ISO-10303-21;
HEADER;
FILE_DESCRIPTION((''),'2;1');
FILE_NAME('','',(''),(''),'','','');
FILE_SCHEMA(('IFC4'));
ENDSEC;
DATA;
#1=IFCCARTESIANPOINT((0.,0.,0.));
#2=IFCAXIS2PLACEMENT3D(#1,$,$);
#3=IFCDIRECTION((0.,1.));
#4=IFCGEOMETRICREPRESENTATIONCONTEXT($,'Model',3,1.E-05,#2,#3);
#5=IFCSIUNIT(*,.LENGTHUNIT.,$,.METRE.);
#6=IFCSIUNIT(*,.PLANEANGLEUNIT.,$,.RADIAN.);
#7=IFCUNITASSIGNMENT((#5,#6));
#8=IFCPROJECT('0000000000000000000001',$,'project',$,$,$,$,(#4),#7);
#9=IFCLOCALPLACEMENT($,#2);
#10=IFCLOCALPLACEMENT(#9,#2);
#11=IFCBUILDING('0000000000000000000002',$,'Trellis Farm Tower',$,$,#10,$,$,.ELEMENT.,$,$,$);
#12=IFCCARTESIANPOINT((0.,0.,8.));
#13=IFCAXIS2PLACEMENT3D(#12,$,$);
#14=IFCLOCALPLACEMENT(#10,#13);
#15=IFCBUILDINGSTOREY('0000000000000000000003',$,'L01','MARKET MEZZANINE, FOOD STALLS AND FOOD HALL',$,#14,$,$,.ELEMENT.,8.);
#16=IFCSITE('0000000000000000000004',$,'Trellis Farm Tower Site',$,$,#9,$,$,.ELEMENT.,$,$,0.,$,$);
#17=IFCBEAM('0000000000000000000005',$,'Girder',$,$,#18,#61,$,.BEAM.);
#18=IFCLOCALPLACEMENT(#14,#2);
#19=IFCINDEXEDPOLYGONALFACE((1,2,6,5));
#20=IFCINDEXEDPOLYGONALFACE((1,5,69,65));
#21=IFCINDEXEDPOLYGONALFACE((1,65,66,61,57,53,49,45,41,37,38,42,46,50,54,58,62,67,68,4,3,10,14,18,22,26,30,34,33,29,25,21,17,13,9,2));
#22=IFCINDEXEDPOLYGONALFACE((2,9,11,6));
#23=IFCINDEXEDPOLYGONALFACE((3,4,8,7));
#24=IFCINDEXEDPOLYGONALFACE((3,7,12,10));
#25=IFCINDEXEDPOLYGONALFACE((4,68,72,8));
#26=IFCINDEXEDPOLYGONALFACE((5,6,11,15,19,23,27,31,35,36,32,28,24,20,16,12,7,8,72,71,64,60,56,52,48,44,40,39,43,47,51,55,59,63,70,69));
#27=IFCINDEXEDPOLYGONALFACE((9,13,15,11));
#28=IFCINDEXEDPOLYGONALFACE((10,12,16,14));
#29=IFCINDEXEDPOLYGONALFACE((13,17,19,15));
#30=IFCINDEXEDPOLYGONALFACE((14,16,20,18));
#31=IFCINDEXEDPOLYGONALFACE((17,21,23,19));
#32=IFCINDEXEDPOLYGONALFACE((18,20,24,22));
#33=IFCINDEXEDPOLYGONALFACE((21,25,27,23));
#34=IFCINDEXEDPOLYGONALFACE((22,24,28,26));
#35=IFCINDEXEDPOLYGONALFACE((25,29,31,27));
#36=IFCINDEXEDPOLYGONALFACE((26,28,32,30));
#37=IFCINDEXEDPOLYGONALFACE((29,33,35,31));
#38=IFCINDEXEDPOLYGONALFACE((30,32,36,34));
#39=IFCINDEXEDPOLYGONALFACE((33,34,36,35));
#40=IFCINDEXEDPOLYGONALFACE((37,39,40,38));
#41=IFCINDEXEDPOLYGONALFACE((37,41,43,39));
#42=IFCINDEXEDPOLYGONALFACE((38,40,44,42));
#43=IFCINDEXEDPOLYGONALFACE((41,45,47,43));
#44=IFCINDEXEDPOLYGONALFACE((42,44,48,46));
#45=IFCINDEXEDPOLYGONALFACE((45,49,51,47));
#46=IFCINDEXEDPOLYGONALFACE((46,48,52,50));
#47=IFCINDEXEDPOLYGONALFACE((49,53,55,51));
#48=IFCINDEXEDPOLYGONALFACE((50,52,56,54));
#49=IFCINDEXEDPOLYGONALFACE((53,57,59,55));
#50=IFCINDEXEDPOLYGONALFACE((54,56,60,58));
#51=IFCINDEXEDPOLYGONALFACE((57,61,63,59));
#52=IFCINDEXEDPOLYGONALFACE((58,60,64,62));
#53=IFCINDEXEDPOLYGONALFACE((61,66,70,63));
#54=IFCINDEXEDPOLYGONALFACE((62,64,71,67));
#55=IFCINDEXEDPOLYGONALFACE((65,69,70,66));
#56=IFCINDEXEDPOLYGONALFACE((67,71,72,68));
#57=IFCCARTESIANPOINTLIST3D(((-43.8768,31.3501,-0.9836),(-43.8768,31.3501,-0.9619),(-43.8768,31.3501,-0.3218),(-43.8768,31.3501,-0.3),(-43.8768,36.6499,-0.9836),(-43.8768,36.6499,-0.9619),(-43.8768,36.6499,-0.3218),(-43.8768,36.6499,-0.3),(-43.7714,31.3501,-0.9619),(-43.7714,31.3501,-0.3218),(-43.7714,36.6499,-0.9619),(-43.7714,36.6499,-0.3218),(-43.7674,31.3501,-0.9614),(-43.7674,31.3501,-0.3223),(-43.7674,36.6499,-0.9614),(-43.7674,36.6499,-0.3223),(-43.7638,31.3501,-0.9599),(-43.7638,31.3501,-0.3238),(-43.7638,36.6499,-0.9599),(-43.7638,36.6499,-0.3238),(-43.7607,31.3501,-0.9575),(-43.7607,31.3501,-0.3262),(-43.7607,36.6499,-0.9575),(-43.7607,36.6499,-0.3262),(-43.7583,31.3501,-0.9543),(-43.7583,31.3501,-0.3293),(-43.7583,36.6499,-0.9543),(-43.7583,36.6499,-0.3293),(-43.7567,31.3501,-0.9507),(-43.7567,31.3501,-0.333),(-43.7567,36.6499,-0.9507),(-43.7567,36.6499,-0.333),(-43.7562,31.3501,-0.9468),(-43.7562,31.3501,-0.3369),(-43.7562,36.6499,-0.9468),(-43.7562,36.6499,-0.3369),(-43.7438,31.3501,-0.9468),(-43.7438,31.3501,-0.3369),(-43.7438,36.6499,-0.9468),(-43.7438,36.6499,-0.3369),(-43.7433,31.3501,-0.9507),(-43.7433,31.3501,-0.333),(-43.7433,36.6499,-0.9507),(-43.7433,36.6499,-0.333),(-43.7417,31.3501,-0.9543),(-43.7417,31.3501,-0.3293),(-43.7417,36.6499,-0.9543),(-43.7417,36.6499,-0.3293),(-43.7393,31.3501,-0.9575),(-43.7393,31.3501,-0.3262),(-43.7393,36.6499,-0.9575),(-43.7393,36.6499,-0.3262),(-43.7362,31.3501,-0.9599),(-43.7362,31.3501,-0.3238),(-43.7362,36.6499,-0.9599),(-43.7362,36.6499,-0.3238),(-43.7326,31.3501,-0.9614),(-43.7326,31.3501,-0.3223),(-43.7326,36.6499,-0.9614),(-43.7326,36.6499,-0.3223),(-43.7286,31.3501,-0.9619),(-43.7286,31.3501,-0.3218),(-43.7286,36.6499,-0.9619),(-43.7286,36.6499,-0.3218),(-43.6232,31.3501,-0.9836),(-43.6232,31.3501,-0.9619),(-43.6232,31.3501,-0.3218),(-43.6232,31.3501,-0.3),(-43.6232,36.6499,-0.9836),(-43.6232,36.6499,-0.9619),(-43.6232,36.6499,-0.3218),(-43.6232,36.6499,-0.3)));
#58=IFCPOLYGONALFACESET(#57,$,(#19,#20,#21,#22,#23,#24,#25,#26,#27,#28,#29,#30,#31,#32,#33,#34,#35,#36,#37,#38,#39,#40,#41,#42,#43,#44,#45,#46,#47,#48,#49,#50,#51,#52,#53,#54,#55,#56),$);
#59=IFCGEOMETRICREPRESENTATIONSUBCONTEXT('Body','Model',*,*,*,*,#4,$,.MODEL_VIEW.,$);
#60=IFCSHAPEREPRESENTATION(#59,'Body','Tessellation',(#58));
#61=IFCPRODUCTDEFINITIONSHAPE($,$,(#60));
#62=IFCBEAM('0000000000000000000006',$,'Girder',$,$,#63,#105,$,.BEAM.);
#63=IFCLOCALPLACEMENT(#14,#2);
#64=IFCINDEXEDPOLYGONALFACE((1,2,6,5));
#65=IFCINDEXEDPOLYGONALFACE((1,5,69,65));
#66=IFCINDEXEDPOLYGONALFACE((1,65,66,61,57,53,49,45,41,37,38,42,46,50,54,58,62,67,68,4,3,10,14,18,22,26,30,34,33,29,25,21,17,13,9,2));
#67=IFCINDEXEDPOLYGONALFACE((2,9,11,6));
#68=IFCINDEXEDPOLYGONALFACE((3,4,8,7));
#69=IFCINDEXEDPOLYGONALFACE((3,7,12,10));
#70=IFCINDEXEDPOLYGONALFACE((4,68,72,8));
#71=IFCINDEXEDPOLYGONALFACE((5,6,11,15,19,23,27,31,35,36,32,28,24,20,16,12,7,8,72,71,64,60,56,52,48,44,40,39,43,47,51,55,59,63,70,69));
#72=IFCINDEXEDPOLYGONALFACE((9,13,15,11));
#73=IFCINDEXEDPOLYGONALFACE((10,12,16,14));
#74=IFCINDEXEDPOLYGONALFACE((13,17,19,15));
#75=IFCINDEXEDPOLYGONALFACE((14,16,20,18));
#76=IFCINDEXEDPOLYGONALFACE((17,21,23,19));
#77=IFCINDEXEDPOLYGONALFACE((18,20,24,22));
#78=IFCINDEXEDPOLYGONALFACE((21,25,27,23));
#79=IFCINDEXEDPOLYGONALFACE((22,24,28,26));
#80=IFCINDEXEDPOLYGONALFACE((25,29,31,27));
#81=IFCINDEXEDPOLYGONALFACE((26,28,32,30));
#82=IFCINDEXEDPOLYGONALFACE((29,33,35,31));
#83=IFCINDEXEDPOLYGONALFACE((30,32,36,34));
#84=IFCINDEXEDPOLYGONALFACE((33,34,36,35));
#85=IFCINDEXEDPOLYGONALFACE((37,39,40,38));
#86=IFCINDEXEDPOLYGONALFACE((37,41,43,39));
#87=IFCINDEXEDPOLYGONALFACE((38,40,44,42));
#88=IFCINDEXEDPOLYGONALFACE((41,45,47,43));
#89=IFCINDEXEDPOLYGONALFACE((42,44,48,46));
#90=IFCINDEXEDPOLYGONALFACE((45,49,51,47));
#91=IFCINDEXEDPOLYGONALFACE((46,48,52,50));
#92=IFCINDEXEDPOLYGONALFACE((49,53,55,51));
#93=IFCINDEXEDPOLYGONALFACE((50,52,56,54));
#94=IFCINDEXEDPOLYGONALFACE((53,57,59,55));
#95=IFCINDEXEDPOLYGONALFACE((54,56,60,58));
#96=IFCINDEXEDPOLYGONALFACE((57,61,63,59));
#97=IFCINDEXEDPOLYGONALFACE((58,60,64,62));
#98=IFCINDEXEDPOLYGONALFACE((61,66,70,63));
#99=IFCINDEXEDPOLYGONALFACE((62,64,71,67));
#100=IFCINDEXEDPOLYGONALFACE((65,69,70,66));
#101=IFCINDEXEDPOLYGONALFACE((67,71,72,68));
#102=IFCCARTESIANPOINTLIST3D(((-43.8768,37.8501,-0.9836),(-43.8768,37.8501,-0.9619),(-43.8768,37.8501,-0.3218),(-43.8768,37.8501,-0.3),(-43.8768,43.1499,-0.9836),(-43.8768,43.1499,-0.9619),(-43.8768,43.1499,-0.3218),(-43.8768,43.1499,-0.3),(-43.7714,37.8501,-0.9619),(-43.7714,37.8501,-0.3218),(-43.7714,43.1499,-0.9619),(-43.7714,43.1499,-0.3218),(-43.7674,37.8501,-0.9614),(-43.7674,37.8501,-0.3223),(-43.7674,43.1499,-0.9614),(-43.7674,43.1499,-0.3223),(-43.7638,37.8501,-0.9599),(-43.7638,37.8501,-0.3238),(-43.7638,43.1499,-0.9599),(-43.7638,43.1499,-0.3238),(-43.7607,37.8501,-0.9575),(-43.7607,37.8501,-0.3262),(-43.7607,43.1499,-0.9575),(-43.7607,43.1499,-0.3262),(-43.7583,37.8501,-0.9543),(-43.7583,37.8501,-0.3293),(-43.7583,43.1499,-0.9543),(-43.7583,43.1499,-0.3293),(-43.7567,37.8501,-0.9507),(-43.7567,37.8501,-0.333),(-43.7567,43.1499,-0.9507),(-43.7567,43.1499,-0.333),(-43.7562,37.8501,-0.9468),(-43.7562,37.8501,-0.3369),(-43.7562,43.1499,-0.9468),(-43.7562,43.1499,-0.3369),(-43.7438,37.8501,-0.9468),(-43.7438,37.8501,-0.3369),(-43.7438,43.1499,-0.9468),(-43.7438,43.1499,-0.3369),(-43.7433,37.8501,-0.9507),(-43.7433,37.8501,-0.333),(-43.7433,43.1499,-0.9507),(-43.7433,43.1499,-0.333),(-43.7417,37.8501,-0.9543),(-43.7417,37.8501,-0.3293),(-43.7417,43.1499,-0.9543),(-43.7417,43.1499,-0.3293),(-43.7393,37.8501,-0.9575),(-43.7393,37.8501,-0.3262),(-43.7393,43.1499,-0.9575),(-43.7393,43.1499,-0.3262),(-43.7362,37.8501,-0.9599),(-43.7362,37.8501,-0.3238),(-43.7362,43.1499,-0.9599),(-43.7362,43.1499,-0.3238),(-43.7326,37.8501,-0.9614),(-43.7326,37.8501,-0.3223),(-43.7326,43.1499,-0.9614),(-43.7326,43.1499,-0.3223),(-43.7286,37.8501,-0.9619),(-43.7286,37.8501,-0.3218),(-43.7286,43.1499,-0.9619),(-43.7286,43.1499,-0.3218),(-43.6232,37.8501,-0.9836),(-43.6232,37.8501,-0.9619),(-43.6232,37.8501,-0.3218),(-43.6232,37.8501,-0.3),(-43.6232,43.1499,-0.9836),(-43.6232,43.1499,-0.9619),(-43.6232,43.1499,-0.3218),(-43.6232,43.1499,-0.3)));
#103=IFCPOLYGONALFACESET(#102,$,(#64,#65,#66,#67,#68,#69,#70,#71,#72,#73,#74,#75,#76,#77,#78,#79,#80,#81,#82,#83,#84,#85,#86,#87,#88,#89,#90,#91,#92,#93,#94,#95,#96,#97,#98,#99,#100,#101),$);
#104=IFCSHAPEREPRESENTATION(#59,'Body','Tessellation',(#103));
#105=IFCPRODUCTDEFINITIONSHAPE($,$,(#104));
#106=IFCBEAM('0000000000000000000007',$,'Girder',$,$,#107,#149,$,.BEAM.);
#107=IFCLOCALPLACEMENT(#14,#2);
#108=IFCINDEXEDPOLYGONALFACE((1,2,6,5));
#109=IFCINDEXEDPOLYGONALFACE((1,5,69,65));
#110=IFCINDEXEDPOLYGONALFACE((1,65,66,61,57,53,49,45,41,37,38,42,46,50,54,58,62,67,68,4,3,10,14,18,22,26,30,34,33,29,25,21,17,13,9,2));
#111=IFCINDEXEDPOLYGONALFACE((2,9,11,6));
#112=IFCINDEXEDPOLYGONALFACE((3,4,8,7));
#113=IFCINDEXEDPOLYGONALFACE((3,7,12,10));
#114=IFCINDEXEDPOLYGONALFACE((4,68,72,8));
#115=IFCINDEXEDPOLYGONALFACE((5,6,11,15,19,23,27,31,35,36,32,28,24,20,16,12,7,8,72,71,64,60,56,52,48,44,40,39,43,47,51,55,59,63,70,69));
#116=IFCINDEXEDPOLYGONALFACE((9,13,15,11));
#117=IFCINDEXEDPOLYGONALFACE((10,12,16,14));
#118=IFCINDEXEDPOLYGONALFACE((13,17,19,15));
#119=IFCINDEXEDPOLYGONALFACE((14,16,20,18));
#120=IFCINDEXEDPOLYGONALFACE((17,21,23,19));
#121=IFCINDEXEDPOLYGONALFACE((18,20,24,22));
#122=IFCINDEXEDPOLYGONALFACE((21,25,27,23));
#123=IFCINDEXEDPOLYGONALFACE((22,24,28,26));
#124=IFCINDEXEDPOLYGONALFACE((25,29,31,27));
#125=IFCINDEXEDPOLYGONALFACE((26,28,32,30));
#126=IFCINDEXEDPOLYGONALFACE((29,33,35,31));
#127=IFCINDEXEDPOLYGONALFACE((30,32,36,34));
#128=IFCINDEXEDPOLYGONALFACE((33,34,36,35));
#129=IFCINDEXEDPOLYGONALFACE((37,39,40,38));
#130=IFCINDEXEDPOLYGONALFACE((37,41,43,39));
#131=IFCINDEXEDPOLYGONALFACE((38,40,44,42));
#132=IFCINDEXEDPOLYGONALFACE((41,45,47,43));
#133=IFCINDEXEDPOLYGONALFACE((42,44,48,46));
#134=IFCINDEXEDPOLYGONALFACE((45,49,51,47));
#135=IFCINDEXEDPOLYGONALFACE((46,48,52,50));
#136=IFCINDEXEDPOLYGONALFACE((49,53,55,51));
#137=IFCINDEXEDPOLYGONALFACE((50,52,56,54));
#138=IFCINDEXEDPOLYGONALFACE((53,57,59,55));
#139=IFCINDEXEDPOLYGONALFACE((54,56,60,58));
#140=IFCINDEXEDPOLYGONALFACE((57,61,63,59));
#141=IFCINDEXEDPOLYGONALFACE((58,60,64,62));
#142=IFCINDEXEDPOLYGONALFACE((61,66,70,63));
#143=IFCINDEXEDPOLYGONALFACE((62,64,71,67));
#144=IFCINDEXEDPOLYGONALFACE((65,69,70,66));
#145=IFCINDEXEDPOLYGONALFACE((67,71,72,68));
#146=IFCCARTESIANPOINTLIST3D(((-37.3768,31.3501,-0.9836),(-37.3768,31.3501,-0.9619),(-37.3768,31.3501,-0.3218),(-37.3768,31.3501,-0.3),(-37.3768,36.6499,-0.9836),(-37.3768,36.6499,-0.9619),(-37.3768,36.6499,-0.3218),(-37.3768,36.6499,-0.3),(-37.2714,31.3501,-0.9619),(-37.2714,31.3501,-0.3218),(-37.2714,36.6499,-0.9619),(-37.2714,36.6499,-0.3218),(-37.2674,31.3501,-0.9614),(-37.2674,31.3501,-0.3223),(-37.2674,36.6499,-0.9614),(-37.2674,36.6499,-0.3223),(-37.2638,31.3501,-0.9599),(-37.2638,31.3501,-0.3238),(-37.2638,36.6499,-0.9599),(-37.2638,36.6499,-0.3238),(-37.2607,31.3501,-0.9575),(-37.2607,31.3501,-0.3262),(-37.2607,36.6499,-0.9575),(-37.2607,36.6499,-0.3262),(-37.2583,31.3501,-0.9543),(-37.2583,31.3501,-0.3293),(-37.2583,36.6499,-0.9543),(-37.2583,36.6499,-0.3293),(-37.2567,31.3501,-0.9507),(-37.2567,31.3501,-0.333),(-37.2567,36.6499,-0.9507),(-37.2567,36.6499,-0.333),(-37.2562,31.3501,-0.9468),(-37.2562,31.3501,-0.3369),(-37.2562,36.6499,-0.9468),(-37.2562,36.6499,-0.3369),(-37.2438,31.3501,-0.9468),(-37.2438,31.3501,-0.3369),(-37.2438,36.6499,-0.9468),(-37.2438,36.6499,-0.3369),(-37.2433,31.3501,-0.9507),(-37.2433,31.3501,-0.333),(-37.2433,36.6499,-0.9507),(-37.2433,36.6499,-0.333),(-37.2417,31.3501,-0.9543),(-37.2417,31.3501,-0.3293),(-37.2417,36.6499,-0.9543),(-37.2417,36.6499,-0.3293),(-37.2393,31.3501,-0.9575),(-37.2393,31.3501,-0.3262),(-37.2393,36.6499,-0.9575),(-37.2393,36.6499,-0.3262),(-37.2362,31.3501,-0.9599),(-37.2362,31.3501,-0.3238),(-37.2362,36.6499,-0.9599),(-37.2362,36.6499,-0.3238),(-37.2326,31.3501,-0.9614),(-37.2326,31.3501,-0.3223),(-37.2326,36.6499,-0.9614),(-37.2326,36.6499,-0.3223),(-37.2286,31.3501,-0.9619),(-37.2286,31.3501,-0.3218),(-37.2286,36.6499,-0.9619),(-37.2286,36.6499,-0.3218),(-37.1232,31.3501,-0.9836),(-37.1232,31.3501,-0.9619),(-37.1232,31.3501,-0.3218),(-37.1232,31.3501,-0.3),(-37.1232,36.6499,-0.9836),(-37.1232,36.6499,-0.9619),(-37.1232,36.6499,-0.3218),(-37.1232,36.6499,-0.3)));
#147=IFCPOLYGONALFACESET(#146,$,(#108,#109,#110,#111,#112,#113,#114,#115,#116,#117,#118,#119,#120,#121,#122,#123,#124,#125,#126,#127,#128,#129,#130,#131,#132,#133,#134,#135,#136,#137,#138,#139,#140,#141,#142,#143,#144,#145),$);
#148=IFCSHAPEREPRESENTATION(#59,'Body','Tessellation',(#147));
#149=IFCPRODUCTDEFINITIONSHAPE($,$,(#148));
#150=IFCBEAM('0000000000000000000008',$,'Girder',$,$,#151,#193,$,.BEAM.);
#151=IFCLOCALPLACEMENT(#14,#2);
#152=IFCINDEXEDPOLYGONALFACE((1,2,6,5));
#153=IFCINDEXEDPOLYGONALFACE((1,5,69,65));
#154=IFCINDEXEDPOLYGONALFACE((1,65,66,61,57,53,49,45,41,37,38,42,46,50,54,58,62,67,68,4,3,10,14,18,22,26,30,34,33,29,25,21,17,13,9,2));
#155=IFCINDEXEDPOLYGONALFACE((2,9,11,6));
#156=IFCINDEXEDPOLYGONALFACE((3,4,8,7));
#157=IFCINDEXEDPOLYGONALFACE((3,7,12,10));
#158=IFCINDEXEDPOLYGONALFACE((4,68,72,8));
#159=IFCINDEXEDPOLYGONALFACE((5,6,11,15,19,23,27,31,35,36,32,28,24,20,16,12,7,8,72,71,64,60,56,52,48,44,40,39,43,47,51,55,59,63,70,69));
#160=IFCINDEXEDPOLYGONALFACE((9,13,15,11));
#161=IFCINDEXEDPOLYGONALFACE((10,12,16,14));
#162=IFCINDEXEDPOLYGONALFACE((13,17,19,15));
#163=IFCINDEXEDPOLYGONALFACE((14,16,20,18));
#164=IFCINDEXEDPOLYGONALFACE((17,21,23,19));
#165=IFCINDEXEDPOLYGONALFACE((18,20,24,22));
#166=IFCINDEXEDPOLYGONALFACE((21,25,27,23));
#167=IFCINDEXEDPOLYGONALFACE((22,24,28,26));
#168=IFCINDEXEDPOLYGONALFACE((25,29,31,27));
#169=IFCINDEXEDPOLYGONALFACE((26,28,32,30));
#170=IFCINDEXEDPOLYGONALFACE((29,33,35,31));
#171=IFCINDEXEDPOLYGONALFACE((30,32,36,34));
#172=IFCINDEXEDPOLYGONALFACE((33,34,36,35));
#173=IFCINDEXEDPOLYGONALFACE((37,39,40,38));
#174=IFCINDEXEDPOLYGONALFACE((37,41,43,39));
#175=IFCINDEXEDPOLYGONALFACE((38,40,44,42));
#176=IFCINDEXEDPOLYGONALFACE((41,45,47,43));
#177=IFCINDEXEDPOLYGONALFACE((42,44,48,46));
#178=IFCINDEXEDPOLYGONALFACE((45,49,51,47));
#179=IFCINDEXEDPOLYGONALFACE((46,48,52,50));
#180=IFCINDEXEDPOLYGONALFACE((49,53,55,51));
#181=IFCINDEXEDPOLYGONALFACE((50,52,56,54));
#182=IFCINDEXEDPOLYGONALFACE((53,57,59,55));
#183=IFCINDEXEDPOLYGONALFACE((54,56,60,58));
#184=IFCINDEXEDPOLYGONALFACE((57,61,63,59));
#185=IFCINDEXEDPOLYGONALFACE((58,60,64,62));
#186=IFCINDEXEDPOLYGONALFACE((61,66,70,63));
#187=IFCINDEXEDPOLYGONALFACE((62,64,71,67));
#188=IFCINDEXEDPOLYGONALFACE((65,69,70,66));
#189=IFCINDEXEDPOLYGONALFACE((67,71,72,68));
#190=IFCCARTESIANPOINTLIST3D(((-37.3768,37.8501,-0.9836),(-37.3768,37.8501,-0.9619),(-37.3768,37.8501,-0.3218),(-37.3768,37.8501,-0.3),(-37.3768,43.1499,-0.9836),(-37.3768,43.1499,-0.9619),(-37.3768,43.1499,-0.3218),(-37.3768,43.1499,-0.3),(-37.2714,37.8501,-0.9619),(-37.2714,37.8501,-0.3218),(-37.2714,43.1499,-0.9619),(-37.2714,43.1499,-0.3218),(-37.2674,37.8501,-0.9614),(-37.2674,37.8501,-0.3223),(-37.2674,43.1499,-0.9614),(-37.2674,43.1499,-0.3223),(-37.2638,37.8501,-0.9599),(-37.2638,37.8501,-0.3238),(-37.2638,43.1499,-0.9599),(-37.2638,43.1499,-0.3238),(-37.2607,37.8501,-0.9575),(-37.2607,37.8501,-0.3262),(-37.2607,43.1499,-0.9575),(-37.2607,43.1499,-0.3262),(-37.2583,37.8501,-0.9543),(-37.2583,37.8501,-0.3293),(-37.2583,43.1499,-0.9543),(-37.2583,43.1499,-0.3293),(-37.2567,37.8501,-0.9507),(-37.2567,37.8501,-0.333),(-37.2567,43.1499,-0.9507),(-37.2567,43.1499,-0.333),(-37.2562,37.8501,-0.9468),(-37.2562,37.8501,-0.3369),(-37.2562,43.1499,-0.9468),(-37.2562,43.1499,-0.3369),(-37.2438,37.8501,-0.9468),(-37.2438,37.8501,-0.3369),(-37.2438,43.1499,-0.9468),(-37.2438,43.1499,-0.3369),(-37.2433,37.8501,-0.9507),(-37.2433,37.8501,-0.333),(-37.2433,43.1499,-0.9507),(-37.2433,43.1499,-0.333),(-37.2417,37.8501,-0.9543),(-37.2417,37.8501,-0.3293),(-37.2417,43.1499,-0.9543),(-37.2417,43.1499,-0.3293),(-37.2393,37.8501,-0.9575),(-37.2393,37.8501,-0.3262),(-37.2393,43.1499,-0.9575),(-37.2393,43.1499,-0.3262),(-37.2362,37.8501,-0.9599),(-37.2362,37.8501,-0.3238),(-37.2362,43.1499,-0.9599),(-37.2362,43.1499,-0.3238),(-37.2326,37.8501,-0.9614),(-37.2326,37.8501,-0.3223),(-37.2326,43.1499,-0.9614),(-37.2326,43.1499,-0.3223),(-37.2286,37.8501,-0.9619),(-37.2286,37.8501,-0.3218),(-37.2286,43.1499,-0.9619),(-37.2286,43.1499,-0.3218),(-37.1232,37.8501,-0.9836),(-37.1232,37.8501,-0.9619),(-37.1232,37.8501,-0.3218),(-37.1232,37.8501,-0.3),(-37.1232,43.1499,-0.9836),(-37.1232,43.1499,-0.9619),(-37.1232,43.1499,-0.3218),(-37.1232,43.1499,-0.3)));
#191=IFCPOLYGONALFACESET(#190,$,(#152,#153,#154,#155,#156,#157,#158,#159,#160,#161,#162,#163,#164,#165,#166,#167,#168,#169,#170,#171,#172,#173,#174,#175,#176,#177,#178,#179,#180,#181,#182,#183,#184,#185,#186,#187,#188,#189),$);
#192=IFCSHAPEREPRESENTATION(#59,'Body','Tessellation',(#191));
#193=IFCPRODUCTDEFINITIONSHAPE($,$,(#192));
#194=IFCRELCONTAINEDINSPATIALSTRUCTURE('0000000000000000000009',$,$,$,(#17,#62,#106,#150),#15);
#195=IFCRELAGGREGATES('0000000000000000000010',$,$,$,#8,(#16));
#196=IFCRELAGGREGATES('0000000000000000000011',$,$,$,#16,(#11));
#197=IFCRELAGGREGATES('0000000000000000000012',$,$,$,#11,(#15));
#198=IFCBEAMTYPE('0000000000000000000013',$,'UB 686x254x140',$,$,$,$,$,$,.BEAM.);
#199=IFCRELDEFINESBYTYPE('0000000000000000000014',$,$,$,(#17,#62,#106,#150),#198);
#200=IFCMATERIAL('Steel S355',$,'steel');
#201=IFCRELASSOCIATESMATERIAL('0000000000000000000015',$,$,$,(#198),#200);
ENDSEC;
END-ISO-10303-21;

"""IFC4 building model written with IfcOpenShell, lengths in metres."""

from ifc_helpers import new_model, si_unit, direction, frame, origin, origin_2d, place, context, subcontext, project, spatial, i_section, extrude, source, transform, mapped, material, material_profile, profile_set, type_object, element, save


model = new_model("IFC4")

# Units and contexts
model_context = context("Model", 3, precision=1e-05, world=origin(), true_north=direction((0.0, 1.0)))
body_context = subcontext(model_context, "Body", "Model", "MODEL_VIEW")
ifc_project = project(units=[si_unit("LENGTHUNIT", "METRE"), si_unit("PLANEANGLEUNIT", "RADIAN")], contexts=[model_context])

# Site, building, storey
site_placement = place(None, origin())
site = spatial("IfcSite", under=ifc_project, at=site_placement, Name="Trellis Farm Tower Site", CompositionType="ELEMENT", RefElevation=0.0)
building_placement = place(site_placement, origin())
building = spatial("IfcBuilding", under=site, at=building_placement, Name="Trellis Farm Tower", CompositionType="ELEMENT")
storey_placement = place(building_placement, frame((0.0, 0.0, 8.0)))
storey = spatial("IfcBuildingStorey", under=building, at=storey_placement, Name="L01", Description="MARKET MEZZANINE, FOOD STALLS AND FOOD HALL", CompositionType="ELEMENT", Elevation=8.0)

# Beams
ifc_material_1 = material(Name="Steel S355", Category="steel")
ifc_material_profile_1 = material_profile(ifc_material_1, i_section(OverallWidth=0.2537, OverallDepth=0.6836, WebThickness=0.0125, FlangeThickness=0.0217, FilletRadius=0.0151, at=origin_2d()), Name="UB 686x254x140")
ifc_profile_set_1 = profile_set([ifc_material_profile_1], Name="Steel S355")
beam_type_1 = type_object("IfcBeamType", Name="UB 686x254x140", PredefinedType="BEAM", material=ifc_profile_set_1)
shared_shape_1 = source(origin(), body_context, "Body", "SweptSolid", [
    extrude(i_section(OverallWidth=0.2537, OverallDepth=0.6836, WebThickness=0.0125, FlangeThickness=0.0217, FilletRadius=0.0151, at=origin_2d()), origin(), (0.0, 0.0, 1.0), 5.2998),
])
for number, where, z_axis, x_axis, name in (
    (1, (-43.75, 31.3501, -0.6418), (0.0, 1.0, 0.0), (-1.0, 0.0, 0.0), "Girder"),
    (2, (-43.75, 37.8501, -0.6418), (0.0, 1.0, 0.0), (-1.0, 0.0, 0.0), "Girder"),
    (3, (-37.25, 31.3501, -0.6418), (0.0, 1.0, 0.0), (-1.0, 0.0, 0.0), "Girder"),
    (4, (-37.25, 37.8501, -0.6418), (0.0, 1.0, 0.0), (-1.0, 0.0, 0.0), "Girder"),
):
    element("IfcBeam", number, at=place(storey_placement, frame(where, z_axis=z_axis, x_axis=x_axis)), inside=storey, type_object=beam_type_1, Name=name, PredefinedType="BEAM", context=body_context, shape_type="MappedRepresentation", body=[
        mapped(shared_shape_1, transform((0.0, 0.0, 0.0))),
    ])

save(model, "model.ifc")
